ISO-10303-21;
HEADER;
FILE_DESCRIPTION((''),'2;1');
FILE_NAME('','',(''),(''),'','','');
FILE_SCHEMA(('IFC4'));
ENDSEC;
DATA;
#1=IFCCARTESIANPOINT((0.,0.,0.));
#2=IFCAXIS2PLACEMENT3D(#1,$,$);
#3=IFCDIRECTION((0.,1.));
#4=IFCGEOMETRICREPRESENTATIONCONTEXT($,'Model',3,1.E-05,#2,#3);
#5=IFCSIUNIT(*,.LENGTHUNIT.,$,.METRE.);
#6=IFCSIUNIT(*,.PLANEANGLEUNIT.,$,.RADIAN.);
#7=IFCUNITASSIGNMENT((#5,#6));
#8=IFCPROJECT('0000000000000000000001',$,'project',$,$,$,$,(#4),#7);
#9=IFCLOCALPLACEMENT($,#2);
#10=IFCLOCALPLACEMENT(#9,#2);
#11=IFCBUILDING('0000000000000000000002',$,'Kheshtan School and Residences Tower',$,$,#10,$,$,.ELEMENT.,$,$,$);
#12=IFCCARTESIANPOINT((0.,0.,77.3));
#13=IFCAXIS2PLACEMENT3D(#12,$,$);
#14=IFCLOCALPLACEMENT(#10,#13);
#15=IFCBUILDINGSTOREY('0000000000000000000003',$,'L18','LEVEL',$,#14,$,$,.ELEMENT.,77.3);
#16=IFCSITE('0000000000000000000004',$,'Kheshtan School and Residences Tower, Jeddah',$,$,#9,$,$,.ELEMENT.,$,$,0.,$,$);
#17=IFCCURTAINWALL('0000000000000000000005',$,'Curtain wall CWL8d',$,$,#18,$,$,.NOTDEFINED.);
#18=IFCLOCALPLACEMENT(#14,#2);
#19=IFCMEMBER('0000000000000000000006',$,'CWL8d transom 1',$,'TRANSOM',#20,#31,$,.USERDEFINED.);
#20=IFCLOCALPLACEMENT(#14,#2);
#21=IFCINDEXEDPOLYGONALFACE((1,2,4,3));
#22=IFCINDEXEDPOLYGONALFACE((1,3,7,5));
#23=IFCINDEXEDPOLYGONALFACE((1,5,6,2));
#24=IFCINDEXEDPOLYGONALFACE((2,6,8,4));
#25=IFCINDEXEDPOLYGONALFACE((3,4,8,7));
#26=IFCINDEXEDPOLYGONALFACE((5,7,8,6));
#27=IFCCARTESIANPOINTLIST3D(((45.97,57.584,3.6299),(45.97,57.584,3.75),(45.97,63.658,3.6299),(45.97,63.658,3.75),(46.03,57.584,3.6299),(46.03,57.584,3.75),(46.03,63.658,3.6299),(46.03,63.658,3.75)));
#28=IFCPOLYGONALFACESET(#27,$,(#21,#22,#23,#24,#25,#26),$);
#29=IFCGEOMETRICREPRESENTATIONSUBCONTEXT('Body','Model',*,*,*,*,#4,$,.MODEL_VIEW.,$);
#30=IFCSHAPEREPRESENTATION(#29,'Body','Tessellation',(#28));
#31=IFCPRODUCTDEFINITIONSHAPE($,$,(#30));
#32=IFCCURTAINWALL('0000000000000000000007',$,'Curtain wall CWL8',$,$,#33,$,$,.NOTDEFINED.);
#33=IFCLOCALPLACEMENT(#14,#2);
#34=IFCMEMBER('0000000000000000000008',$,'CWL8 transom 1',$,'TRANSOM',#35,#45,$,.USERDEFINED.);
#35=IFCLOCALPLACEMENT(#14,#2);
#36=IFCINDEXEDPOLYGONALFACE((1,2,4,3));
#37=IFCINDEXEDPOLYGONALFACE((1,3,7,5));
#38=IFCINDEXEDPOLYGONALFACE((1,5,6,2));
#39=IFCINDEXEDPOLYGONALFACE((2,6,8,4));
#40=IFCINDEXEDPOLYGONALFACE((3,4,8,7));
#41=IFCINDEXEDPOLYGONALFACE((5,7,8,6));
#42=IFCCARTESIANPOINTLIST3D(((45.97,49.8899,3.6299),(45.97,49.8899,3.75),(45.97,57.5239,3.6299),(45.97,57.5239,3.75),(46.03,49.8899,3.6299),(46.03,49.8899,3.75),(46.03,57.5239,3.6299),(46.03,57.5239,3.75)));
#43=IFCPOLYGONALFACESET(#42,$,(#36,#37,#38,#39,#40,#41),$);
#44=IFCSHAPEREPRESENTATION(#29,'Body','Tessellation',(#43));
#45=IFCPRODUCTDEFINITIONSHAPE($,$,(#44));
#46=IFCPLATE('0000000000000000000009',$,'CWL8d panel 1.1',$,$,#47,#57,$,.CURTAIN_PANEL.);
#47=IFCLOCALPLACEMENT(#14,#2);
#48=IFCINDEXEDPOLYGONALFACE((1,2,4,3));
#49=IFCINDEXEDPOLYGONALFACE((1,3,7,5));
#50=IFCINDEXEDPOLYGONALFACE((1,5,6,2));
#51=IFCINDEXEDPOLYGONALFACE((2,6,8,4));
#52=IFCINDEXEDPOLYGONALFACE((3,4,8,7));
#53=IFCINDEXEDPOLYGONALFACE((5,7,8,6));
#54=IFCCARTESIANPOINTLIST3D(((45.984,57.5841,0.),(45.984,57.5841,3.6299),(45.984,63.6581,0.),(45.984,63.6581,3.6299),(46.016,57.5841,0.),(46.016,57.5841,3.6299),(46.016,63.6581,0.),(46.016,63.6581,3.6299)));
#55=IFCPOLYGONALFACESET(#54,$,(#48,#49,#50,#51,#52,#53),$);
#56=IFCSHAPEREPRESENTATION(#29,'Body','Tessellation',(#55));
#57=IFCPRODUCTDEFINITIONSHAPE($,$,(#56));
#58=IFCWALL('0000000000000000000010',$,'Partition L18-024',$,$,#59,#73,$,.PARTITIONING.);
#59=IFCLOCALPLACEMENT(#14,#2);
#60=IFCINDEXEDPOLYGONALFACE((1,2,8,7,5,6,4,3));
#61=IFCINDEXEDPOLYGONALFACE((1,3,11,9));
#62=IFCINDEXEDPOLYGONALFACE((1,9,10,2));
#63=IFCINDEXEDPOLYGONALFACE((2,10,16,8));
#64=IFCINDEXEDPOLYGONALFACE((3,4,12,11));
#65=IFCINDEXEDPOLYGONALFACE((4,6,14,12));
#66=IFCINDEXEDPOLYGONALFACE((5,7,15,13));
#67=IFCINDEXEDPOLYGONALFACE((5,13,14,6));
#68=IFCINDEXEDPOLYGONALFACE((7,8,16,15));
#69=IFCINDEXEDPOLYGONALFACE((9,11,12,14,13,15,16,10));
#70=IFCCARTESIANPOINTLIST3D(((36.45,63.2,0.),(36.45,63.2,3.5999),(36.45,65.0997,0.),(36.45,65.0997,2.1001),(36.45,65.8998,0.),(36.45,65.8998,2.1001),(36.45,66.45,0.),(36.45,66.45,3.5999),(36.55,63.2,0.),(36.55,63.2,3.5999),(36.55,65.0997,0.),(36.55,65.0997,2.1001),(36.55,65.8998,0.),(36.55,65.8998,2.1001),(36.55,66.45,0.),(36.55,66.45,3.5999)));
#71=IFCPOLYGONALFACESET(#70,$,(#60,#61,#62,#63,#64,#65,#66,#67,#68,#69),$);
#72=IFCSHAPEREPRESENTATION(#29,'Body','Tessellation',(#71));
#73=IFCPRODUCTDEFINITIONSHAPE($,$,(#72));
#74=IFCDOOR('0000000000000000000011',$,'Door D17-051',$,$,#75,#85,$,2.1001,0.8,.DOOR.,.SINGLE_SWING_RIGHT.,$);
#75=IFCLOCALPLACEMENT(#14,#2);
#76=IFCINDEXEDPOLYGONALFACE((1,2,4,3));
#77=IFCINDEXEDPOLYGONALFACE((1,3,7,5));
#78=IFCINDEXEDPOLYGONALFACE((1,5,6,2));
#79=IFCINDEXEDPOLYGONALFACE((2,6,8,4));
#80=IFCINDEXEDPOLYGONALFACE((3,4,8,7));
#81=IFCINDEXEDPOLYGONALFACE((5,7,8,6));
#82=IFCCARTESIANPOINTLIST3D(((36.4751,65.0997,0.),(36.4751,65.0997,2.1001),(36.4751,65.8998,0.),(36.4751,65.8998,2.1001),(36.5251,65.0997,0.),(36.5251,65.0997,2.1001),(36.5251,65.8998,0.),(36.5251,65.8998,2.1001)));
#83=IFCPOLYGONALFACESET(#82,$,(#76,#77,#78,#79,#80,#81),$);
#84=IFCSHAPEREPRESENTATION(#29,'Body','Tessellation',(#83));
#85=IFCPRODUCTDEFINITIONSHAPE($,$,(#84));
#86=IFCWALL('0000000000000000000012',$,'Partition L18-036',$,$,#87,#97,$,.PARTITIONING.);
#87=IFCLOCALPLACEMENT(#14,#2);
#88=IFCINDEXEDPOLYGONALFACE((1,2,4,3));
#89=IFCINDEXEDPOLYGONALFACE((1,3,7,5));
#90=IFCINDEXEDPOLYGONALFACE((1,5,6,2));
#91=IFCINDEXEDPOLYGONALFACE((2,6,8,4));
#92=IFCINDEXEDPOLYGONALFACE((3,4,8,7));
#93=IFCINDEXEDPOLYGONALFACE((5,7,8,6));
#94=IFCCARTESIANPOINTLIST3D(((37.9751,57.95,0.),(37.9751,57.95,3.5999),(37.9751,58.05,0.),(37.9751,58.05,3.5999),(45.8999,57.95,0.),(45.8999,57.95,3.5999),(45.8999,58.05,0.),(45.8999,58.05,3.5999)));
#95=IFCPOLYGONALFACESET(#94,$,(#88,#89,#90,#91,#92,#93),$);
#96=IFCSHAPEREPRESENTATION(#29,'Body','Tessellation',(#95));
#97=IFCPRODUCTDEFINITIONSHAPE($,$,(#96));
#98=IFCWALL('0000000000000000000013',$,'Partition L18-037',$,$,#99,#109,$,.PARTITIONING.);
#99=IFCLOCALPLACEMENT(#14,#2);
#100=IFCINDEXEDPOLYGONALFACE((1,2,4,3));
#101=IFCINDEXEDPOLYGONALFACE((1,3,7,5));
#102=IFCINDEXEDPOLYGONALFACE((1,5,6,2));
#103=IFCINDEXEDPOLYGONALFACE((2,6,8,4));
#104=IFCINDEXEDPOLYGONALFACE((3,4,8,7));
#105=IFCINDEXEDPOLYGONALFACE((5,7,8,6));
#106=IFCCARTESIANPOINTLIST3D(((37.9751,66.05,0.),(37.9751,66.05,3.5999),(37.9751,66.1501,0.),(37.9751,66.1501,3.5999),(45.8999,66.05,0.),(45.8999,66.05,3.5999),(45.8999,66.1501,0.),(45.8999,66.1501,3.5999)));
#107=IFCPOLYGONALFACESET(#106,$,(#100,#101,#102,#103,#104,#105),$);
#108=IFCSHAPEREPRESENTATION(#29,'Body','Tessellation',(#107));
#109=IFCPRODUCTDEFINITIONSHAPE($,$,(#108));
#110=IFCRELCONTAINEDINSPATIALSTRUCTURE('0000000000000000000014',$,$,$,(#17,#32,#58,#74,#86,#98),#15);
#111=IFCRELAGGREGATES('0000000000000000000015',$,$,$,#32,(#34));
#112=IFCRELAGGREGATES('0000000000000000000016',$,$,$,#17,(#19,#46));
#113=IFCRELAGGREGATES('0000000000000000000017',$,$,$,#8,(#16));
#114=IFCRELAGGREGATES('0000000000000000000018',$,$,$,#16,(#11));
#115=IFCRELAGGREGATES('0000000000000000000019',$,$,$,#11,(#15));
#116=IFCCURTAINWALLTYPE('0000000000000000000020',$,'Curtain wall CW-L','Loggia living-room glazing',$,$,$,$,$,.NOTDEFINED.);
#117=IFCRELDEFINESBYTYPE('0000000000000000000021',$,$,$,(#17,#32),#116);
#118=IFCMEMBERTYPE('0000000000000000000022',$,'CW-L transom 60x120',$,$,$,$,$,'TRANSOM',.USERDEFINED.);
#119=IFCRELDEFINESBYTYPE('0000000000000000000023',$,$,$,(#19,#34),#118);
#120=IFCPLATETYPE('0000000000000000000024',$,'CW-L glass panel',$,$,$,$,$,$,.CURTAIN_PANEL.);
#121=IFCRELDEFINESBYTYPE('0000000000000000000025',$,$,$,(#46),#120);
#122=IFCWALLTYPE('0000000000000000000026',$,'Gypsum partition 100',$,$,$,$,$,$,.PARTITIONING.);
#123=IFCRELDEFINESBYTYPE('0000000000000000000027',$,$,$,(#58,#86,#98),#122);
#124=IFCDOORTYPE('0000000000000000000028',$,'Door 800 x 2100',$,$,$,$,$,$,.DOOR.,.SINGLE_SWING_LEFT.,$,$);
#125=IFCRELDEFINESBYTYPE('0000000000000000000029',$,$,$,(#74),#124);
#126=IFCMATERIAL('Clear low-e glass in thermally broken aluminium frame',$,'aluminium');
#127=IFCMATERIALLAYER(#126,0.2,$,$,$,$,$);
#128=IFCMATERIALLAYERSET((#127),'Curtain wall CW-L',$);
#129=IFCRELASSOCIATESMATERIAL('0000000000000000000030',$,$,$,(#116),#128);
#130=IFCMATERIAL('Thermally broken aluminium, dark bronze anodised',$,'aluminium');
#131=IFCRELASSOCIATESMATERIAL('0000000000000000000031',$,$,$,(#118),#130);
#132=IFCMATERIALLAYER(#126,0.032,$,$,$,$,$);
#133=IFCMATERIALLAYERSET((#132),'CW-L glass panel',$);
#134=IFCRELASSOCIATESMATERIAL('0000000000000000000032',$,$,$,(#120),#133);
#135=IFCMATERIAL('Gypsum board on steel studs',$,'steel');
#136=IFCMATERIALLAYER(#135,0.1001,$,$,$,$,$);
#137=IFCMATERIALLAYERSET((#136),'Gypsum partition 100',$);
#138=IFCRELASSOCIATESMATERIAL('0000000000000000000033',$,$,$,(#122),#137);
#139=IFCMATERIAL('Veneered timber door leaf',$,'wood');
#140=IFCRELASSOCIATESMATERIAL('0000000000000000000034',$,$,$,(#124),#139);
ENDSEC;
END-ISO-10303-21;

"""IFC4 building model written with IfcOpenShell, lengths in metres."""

from ifc_helpers import new_model, si_unit, direction, frame, frame_2d, origin, origin_2d, place, context, subcontext, project, spatial, rectangle, extrude, source, transform, mapped, material, layer, layer_set, material_profile, profile_set, type_object, element, fill, aggregate, save


model = new_model("IFC4")

# Units and contexts
model_context = context("Model", 3, precision=1e-05, world=origin(), true_north=direction((0.0, 1.0)))
body_context = subcontext(model_context, "Body", "Model", "MODEL_VIEW")
ifc_project = project(units=[si_unit("LENGTHUNIT", "METRE"), si_unit("PLANEANGLEUNIT", "RADIAN")], contexts=[model_context])

# Site, building, storey
site_placement = place(None, origin())
site = spatial("IfcSite", under=ifc_project, at=site_placement, Name="Kheshtan School and Residences Tower, Jeddah", CompositionType="ELEMENT", RefElevation=0.0)
building_placement = place(site_placement, origin())
building = spatial("IfcBuilding", under=site, at=building_placement, Name="Kheshtan School and Residences Tower", CompositionType="ELEMENT")
storey_placement = place(building_placement, frame((0.0, 0.0, 77.3)))
storey = spatial("IfcBuildingStorey", under=building, at=storey_placement, Name="L18", Description="LEVEL", CompositionType="ELEMENT", Elevation=77.3)

# Shared definitions
ifc_material_1 = material(Name="Clear low-e glass in thermally broken aluminium frame", Category="aluminium")
ifc_layer_1 = layer(ifc_material_1, 0.2)
ifc_layer_set_1 = layer_set([ifc_layer_1], Name="Curtain wall CW-L")
curtain_wall_type = type_object("IfcCurtainWallType", Name="Curtain wall CW-L", Description="Loggia living-room glazing", PredefinedType="NOTDEFINED", material=ifc_layer_set_1)
ifc_material_2 = material(Name="Thermally broken aluminium, dark bronze anodised", Category="aluminium")

# Curtain wall, member
curtain_wall_1_placement = place(storey_placement, origin())
curtain_wall_1 = element("IfcCurtainWall", 1, at=curtain_wall_1_placement, inside=storey, type_object=curtain_wall_type, Name="Curtain wall CWL8d", PredefinedType="NOTDEFINED")
ifc_material_profile_1 = material_profile(ifc_material_2, rectangle(XDim=0.0601, YDim=0.1201, at=origin_2d()), Name="CW-L transom 60x120")
ifc_profile_set_1 = profile_set([ifc_material_profile_1], Name="Thermally broken aluminium, dark bronze anodised")
member_type_1 = type_object("IfcMemberType", Name="CW-L transom 60x120", ElementType="TRANSOM", PredefinedType="USERDEFINED", material=ifc_profile_set_1)
member_1_placement = place(storey_placement, frame((46.0, 63.658, 3.6899), z_axis=(0.0, -1.0, 0.0), x_axis=(1.0, 0.0, 0.0)))
member_1 = element("IfcMember", 2, at=member_1_placement, type_object=member_type_1, Name="CWL8d transom 1", ObjectType="TRANSOM", PredefinedType="USERDEFINED", context=body_context, shape_type="SweptSolid", body=[
    extrude(rectangle(XDim=0.0601, YDim=0.1201, at=origin_2d()), origin(), (0.0, 0.0, 1.0), 6.074),
])

# Curtain wall, member
curtain_wall_2_placement = place(storey_placement, origin())
curtain_wall_2 = element("IfcCurtainWall", 3, at=curtain_wall_2_placement, inside=storey, type_object=curtain_wall_type, Name="Curtain wall CWL8", PredefinedType="NOTDEFINED")
member_2_placement = place(storey_placement, frame((46.0, 57.5239, 3.6899), z_axis=(0.0, -1.0, 0.0), x_axis=(1.0, 0.0, 0.0)))
member_2 = element("IfcMember", 4, at=member_2_placement, type_object=member_type_1, Name="CWL8 transom 1", ObjectType="TRANSOM", PredefinedType="USERDEFINED", context=body_context, shape_type="SweptSolid", body=[
    extrude(rectangle(XDim=0.0601, YDim=0.1201, at=origin_2d()), origin(), (0.0, 0.0, 1.0), 7.634),
])
aggregate(curtain_wall_2, [member_2])

# Plate
ifc_layer_2 = layer(ifc_material_1, 0.032)
ifc_layer_set_2 = layer_set([ifc_layer_2], Name="CW-L glass panel")
plate_type = type_object("IfcPlateType", Name="CW-L glass panel", PredefinedType="CURTAIN_PANEL", material=ifc_layer_set_2)
plate_placement = place(storey_placement, frame((46.0, 60.6211, 0.0), z_axis=(0.0, 0.0, 1.0), x_axis=(0.0, -1.0, 0.0)))
plate = element("IfcPlate", 5, at=plate_placement, type_object=plate_type, Name="CWL8d panel 1.1", PredefinedType="CURTAIN_PANEL", context=body_context, shape_type="SweptSolid", body=[
    extrude(rectangle(XDim=6.074, YDim=0.032, at=origin_2d()), origin(), (0.0, 0.0, 1.0), 3.6299),
])
aggregate(curtain_wall_1, [member_1, plate])

# Wall, opening, door
ifc_material_3 = material(Name="Gypsum board on steel studs", Category="steel")
ifc_layer_3 = layer(ifc_material_3, 0.1001)
ifc_layer_set_3 = layer_set([ifc_layer_3], Name="Gypsum partition 100")
wall_type_1 = type_object("IfcWallType", Name="Gypsum partition 100", PredefinedType="PARTITIONING", material=ifc_layer_set_3)
wall_1_placement = place(storey_placement, frame((36.5, 63.2, 0.0), z_axis=(0.0, 0.0, 1.0), x_axis=(0.0, 1.0, 0.0)))
wall_1 = element("IfcWall", 6, at=wall_1_placement, inside=storey, type_object=wall_type_1, Name="Partition L18-024", PredefinedType="PARTITIONING", context=body_context, shape_type="SweptSolid", body=[
    extrude(rectangle(XDim=3.25, YDim=0.1001, at=frame_2d((1.625, 0.0))), origin(), (0.0, 0.0, 1.0), 3.5999),
])
opening_1_placement = place(wall_1_placement, frame((1.8999, 0.0, 0.0)))
opening_1 = element("IfcOpeningElement", 7, at=opening_1_placement, cuts=wall_1, PredefinedType="OPENING", context=body_context, shape_type="SweptSolid", body=[
    extrude(rectangle(XDim=0.8, YDim=2.1001, at=frame_2d((0.3999, 1.05))), frame((0.0, 0.0601, 0.0), z_axis=(0.0, -1.0, 0.0), x_axis=(1.0, 0.0, 0.0)), (0.0, 0.0, 1.0), 0.1201),
])
ifc_material_4 = material(Name="Veneered timber door leaf", Category="wood")
door_type_1 = type_object("IfcDoorType", Name="Door 800 x 2100", OperationType="SINGLE_SWING_LEFT", PredefinedType="DOOR", material=ifc_material_4)
shared_shape_1 = source(origin(), body_context, "Body", "SweptSolid", [
    extrude(rectangle(XDim=0.8, YDim=2.1001, at=frame_2d((0.3999, 1.05))), frame((0.0, 0.0249, 0.0), z_axis=(0.0, -1.0, 0.0), x_axis=(1.0, 0.0, 0.0)), (0.0, 0.0, 1.0), 0.05),
])
door_1_placement = place(opening_1_placement, origin())
door_1 = element("IfcDoor", 8, at=door_1_placement, inside=storey, type_object=door_type_1, Name="Door D17-051", OperationType="SINGLE_SWING_RIGHT", OverallHeight=2.1001, OverallWidth=0.8, PredefinedType="DOOR", context=body_context, shape_type="MappedRepresentation", body=[
    mapped(shared_shape_1, transform((0.0, 0.0, 0.0), x_axis=(1.0, 0.0, 0.0), y_axis=(0.0, 1.0, 0.0), z_axis=(0.0, 0.0, 1.0), scale=1.0)),
])
fill(opening_1, door_1)

# Walls
for number, where, z_axis, x_axis, name in (
    (9, (37.9751, 58.0, 0.0), (0.0, 0.0, 1.0), (1.0, 0.0, 0.0), "Partition L18-036"),
    (10, (37.9751, 66.1001, 0.0), (0.0, 0.0, 1.0), (1.0, 0.0, 0.0), "Partition L18-037"),
):
    element("IfcWall", number, at=place(storey_placement, frame(where, z_axis=z_axis, x_axis=x_axis)), inside=storey, type_object=wall_type_1, Name=name, PredefinedType="PARTITIONING", context=body_context, shape_type="SweptSolid", body=[
        extrude(rectangle(XDim=7.9248, YDim=0.1001, at=frame_2d((3.9624, 0.0))), origin(), (0.0, 0.0, 1.0), 3.5999),
    ])

save(model, "model.ifc")
